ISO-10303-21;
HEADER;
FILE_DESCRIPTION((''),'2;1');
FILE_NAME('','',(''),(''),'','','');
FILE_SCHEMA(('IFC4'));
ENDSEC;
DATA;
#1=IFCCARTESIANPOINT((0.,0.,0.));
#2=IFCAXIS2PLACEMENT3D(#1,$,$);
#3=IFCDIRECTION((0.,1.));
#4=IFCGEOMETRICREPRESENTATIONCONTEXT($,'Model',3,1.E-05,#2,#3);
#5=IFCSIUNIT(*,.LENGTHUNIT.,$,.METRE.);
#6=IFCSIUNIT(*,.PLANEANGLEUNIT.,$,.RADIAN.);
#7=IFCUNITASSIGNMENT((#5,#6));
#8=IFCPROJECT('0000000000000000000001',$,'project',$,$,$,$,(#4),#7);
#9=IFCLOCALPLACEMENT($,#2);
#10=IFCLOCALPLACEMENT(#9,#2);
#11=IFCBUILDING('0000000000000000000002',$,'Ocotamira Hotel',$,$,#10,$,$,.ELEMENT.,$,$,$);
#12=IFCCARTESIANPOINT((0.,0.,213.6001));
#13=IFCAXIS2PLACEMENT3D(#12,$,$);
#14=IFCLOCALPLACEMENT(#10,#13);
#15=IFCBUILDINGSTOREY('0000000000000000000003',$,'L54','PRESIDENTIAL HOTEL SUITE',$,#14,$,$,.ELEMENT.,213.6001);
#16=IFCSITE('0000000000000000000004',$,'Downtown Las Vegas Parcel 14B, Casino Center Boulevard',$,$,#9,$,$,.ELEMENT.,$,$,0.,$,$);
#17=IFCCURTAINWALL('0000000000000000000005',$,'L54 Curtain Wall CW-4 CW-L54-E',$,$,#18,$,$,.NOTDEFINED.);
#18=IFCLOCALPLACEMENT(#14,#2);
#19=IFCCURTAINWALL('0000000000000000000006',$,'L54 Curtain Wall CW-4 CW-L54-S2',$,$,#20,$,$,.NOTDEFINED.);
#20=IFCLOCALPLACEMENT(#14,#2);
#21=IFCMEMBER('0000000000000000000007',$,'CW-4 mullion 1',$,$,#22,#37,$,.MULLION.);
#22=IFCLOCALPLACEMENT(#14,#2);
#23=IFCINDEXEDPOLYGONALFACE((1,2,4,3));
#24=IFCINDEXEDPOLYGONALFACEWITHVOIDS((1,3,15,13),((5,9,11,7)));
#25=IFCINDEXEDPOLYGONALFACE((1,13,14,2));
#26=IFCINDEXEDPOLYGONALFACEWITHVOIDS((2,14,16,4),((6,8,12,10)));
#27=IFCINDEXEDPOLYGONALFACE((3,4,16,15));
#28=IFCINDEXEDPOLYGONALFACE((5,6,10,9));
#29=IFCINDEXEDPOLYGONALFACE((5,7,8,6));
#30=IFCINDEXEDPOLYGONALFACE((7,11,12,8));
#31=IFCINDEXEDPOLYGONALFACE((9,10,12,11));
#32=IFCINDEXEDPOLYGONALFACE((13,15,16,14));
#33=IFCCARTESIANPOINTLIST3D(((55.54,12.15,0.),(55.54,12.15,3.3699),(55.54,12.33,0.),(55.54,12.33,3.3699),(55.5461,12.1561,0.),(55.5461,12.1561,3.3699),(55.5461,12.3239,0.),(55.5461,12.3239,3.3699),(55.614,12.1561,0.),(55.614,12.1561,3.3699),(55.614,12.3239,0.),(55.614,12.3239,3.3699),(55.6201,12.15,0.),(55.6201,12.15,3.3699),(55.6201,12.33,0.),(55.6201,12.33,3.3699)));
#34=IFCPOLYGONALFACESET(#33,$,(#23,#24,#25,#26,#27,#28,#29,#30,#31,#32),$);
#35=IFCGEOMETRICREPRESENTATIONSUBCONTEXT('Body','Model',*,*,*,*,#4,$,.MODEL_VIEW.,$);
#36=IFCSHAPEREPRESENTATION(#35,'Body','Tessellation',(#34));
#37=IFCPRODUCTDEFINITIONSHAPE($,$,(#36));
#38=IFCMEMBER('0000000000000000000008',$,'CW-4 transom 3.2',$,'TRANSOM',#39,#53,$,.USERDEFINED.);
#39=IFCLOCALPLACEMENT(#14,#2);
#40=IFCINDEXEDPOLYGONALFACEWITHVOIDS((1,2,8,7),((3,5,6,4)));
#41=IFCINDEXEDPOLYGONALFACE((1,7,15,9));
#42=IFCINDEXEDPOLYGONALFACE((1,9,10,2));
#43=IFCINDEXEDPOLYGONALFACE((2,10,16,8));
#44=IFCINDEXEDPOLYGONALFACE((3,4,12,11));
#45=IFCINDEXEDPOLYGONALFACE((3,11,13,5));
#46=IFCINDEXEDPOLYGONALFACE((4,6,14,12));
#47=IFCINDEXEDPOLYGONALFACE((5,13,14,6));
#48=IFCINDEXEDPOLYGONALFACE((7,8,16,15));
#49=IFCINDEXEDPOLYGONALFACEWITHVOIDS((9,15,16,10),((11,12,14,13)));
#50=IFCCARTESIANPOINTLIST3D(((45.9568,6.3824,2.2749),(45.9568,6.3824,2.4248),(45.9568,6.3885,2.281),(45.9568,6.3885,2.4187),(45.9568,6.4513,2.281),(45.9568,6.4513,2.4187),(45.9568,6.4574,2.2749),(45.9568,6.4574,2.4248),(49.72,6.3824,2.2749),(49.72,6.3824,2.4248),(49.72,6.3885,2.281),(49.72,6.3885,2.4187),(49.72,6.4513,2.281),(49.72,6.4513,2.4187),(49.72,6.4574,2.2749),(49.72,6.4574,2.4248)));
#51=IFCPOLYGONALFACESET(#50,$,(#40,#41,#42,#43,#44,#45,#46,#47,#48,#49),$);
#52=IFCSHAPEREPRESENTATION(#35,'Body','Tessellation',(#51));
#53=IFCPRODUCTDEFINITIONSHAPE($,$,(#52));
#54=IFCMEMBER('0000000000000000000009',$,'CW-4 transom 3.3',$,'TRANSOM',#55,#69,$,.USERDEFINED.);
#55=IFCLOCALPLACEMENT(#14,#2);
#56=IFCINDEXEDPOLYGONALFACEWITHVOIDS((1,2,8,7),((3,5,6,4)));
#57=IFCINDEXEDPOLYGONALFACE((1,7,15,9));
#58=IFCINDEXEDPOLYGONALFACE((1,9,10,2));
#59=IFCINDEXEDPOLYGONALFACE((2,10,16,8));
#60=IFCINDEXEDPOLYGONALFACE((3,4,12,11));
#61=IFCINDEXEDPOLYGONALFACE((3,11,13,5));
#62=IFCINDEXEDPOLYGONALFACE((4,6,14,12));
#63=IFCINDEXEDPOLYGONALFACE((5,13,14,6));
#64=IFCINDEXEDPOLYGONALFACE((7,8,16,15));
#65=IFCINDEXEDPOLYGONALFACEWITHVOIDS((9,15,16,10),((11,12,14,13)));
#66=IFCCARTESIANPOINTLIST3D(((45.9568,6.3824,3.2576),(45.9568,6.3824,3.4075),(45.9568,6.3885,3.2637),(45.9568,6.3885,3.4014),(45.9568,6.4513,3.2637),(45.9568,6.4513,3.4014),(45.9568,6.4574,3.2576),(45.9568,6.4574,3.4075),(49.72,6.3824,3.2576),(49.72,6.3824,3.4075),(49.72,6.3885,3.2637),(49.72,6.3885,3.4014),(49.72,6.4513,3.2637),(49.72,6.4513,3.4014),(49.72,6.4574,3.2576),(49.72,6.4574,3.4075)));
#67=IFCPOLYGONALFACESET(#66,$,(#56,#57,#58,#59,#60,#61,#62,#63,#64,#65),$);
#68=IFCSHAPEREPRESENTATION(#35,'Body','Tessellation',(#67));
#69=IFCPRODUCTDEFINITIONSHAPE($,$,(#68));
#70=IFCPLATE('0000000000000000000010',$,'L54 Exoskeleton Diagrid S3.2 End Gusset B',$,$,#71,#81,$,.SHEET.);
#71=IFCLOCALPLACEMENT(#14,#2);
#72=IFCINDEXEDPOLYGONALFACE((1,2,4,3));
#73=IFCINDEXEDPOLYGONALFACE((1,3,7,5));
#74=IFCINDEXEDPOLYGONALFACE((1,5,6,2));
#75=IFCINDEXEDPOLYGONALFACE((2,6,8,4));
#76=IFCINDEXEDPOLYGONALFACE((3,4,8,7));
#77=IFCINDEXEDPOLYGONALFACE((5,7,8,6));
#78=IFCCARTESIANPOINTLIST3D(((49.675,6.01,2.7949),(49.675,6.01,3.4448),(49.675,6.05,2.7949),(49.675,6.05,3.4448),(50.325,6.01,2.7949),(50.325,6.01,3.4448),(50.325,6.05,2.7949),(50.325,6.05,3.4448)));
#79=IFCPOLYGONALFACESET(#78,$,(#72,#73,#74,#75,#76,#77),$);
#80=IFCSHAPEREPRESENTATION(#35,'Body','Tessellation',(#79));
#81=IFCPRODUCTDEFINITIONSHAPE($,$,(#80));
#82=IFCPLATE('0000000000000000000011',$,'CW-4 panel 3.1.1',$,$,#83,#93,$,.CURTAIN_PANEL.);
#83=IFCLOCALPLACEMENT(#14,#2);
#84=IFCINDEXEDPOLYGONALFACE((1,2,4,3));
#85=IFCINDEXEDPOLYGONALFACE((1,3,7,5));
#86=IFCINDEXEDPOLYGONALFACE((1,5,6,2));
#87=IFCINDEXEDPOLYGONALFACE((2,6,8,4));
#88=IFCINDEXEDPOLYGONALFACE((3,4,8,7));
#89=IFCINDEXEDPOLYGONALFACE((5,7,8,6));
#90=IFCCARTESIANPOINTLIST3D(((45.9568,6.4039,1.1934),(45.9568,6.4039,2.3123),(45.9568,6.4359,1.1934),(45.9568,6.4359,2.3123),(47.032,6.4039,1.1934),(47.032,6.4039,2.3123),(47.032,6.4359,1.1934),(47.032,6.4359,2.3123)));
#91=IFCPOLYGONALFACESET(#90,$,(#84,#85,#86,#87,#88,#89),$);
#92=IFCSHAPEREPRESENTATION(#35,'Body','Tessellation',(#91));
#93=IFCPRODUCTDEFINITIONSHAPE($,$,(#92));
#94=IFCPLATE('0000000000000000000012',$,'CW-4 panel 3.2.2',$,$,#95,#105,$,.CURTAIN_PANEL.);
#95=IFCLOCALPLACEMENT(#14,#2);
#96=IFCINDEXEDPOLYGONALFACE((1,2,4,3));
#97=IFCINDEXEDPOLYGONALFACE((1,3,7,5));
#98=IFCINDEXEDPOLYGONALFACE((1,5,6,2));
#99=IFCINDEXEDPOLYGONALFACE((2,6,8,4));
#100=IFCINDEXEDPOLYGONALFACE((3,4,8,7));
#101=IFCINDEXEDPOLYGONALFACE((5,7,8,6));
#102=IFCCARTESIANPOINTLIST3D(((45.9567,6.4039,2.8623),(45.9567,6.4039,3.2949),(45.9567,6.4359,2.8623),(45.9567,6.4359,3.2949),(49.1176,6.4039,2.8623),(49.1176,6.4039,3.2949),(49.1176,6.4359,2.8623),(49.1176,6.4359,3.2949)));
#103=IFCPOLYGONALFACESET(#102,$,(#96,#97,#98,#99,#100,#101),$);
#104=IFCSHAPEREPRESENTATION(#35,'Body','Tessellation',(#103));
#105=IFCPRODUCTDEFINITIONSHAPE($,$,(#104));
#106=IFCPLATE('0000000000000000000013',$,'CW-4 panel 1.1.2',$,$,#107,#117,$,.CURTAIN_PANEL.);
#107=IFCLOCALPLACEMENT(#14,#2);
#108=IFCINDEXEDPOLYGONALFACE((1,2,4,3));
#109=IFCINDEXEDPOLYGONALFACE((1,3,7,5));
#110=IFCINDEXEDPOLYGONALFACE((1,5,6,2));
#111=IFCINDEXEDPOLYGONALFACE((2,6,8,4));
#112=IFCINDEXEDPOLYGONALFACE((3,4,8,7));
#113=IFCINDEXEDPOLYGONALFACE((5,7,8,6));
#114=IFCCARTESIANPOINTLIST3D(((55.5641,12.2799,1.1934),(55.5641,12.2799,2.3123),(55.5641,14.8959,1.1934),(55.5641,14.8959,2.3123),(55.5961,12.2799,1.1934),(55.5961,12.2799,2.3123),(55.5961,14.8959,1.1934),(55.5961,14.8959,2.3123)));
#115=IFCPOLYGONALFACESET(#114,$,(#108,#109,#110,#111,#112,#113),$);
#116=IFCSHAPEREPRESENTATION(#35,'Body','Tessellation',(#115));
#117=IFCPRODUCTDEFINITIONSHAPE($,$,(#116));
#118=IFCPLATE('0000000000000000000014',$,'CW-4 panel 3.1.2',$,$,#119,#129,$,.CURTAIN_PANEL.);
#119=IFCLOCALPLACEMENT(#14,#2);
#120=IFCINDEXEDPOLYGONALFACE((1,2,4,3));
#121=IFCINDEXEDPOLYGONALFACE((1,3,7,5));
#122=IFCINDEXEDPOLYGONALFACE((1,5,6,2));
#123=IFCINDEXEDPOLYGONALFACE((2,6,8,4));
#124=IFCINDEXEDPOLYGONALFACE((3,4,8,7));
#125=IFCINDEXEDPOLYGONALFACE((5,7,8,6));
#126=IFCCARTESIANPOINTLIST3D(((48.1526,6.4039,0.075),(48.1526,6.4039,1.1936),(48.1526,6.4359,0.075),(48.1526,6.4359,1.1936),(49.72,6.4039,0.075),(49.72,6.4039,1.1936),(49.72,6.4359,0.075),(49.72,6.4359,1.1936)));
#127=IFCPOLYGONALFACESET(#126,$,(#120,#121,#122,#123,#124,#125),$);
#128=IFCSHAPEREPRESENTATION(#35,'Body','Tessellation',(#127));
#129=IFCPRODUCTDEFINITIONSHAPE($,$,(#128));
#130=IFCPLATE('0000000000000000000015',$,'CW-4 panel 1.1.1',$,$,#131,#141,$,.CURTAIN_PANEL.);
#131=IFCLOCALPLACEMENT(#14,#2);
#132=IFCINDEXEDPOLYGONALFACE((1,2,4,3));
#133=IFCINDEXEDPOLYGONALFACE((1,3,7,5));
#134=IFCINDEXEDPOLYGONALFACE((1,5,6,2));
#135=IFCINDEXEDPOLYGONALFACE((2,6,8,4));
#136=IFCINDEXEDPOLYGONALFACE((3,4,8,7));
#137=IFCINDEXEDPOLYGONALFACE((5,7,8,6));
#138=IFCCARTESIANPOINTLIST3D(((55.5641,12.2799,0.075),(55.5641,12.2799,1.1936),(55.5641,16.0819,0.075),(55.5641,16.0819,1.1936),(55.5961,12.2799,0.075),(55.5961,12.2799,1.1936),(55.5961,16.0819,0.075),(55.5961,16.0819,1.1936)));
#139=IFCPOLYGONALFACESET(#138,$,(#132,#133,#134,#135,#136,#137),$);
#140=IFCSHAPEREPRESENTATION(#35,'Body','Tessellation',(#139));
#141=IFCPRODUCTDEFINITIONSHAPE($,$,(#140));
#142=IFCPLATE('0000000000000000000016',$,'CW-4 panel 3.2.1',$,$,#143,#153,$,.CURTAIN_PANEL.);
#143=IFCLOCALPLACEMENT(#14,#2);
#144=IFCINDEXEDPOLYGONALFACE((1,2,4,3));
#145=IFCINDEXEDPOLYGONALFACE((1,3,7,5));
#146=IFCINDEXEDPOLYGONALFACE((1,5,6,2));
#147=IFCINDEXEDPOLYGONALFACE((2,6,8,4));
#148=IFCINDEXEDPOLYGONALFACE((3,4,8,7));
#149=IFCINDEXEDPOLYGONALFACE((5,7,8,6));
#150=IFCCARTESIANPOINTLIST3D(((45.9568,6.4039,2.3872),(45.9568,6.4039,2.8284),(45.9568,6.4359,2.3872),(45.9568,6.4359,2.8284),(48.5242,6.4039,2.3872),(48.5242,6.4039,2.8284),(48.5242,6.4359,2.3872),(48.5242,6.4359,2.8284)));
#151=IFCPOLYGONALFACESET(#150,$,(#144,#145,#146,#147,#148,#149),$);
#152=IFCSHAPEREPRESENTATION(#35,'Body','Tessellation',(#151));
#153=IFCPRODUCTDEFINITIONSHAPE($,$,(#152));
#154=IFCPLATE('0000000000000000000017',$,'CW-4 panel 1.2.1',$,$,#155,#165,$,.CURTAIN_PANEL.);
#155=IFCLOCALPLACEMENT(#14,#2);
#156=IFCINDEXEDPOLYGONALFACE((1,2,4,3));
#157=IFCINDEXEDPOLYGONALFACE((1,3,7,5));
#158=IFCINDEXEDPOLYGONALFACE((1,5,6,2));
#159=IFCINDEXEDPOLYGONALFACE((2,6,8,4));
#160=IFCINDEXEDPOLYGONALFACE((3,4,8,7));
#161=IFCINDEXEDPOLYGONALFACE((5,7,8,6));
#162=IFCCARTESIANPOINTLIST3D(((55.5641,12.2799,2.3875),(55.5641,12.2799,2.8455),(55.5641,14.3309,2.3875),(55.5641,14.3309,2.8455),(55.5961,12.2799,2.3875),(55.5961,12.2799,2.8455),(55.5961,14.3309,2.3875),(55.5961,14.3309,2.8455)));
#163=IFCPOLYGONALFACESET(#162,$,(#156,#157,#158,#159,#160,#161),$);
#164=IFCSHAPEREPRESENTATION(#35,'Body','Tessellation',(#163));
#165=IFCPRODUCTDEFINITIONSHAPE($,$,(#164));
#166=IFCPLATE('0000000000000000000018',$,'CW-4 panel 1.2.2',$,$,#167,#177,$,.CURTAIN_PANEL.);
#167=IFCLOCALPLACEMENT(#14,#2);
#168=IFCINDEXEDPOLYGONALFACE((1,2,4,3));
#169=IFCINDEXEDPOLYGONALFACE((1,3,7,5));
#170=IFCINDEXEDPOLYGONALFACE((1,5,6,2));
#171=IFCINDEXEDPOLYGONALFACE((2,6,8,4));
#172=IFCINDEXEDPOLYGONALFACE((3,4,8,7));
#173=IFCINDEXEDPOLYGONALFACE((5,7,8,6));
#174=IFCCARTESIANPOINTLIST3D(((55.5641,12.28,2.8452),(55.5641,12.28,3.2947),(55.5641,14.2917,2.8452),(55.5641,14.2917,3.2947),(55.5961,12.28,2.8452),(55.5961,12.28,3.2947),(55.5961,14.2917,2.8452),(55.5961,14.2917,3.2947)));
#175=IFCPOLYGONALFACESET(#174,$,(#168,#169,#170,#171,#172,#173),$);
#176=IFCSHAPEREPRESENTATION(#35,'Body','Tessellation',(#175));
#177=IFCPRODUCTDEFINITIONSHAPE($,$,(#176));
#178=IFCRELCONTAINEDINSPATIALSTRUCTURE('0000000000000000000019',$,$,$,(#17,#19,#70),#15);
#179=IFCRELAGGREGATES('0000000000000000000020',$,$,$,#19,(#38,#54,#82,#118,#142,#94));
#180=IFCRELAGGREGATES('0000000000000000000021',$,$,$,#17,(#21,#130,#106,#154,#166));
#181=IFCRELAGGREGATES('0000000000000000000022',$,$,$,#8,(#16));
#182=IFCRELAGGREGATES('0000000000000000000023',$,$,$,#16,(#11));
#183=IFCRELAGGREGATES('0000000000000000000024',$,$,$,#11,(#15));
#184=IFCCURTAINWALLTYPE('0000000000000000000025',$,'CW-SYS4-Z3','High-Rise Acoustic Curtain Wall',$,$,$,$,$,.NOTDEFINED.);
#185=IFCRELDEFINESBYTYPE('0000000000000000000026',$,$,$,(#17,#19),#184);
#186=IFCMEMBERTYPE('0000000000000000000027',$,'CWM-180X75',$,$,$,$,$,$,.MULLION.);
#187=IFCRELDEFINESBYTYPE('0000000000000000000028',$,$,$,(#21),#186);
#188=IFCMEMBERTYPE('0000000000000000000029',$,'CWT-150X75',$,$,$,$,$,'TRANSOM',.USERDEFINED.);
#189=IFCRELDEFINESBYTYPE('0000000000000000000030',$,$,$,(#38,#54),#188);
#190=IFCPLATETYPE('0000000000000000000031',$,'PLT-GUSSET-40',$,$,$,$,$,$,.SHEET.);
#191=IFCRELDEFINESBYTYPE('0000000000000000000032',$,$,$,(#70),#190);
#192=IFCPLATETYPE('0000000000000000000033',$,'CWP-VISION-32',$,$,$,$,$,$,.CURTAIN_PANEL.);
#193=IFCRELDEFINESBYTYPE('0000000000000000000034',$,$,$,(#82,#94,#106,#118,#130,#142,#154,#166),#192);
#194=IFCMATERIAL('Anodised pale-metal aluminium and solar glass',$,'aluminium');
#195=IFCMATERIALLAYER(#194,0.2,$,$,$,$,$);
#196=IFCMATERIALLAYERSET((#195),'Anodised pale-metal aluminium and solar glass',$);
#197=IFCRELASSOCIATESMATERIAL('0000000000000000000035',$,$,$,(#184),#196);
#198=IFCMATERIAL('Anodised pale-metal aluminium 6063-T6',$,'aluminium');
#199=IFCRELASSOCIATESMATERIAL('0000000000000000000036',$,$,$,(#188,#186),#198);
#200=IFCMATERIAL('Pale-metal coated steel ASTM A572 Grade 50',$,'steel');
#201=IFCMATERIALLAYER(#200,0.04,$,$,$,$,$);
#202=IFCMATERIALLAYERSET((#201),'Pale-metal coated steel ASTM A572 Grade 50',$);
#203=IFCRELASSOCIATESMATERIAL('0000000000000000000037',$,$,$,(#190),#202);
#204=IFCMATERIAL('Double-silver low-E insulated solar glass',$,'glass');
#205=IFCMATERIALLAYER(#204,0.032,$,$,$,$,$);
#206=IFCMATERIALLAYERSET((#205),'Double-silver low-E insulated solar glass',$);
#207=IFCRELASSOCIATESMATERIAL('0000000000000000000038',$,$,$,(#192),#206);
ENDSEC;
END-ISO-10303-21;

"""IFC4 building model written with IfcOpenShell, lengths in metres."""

from ifc_helpers import new_model, si_unit, direction, frame, origin, origin_2d, place, context, subcontext, project, spatial, rectangle, hollow_rectangle, extrude, source, transform, mapped, material, layer, layer_set, material_profile, profile_set, type_object, element, aggregate, save


model = new_model("IFC4")

# Units and contexts
model_context = context("Model", 3, precision=1e-05, world=origin(), true_north=direction((0.0, 1.0)))
body_context = subcontext(model_context, "Body", "Model", "MODEL_VIEW")
ifc_project = project(units=[si_unit("LENGTHUNIT", "METRE"), si_unit("PLANEANGLEUNIT", "RADIAN")], contexts=[model_context])

# Site, building, storey
site_placement = place(None, origin())
site = spatial("IfcSite", under=ifc_project, at=site_placement, Name="Downtown Las Vegas Parcel 14B, Casino Center Boulevard", CompositionType="ELEMENT", RefElevation=0.0)
building_placement = place(site_placement, origin())
building = spatial("IfcBuilding", under=site, at=building_placement, Name="Ocotamira Hotel", CompositionType="ELEMENT")
storey_placement = place(building_placement, frame((0.0, 0.0, 213.6001)))
storey = spatial("IfcBuildingStorey", under=building, at=storey_placement, Name="L54", Description="PRESIDENTIAL HOTEL SUITE", CompositionType="ELEMENT", Elevation=213.6001)

# Curtain wall
ifc_material_1 = material(Name="Anodised pale-metal aluminium and solar glass", Category="aluminium")
ifc_layer_1 = layer(ifc_material_1, 0.2)
ifc_layer_set_1 = layer_set([ifc_layer_1], Name="Anodised pale-metal aluminium and solar glass")
curtain_wall_type = type_object("IfcCurtainWallType", Name="CW-SYS4-Z3", Description="High-Rise Acoustic Curtain Wall", PredefinedType="NOTDEFINED", material=ifc_layer_set_1)
curtain_wall_1_placement = place(storey_placement, origin())
curtain_wall_1 = element("IfcCurtainWall", 1, at=curtain_wall_1_placement, inside=storey, type_object=curtain_wall_type, Name="L54 Curtain Wall CW-4 CW-L54-E", PredefinedType="NOTDEFINED")
ifc_material_2 = material(Name="Anodised pale-metal aluminium 6063-T6", Category="aluminium")
ifc_material_profile_1 = material_profile(ifc_material_2, hollow_rectangle(XDim=0.075, YDim=0.1499, WallThickness=0.0061, at=origin_2d()), Name="HSS150X75X6")
ifc_profile_set_1 = profile_set([ifc_material_profile_1], Name="Anodised pale-metal aluminium 6063-T6")
member_type_1 = type_object("IfcMemberType", Name="CWT-150X75", ElementType="TRANSOM", PredefinedType="USERDEFINED", material=ifc_profile_set_1)

# Curtain wall
curtain_wall_2_placement = place(storey_placement, origin())
curtain_wall_2 = element("IfcCurtainWall", 2, at=curtain_wall_2_placement, inside=storey, type_object=curtain_wall_type, Name="L54 Curtain Wall CW-4 CW-L54-S2", PredefinedType="NOTDEFINED")
ifc_material_profile_2 = material_profile(ifc_material_2, hollow_rectangle(XDim=0.0801, YDim=0.1799, WallThickness=0.0061, at=origin_2d()), Name="HSS180X80X6")
ifc_profile_set_2 = profile_set([ifc_material_profile_2], Name="Anodised pale-metal aluminium 6063-T6")
member_type_2 = type_object("IfcMemberType", Name="CWM-180X75", PredefinedType="MULLION", material=ifc_profile_set_2)
shared_shape_1 = source(origin(), body_context, "Body", "SweptSolid", [
    extrude(hollow_rectangle(XDim=0.0801, YDim=0.1799, WallThickness=0.0061, at=origin_2d()), origin(), (0.0, 0.0, 1.0), 3.3699),
])

# Members
member_1_placement = place(storey_placement, frame((55.5801, 12.24, 0.0), z_axis=(0.0, 0.0, 1.0), x_axis=(-1.0, 0.0, 0.0)))
member_1 = element("IfcMember", 3, at=member_1_placement, type_object=member_type_2, Name="CW-4 mullion 1", PredefinedType="MULLION", context=body_context, shape_type="MappedRepresentation", body=[
    mapped(shared_shape_1, transform((0.0, 0.0, 0.0), scale=1.0)),
])
shared_shape_2 = source(origin(), body_context, "Body", "SweptSolid", [
    extrude(hollow_rectangle(XDim=0.075, YDim=0.1499, WallThickness=0.0061, at=origin_2d()), origin(), (0.0, 0.0, 1.0), 3.7632),
])
member_2_placement = place(storey_placement, frame((45.9568, 6.4199, 2.3499), z_axis=(1.0, 0.0, 0.0), x_axis=(0.0, 1.0, 0.0)))
member_2 = element("IfcMember", 4, at=member_2_placement, type_object=member_type_1, Name="CW-4 transom 3.2", ObjectType="TRANSOM", PredefinedType="USERDEFINED", context=body_context, shape_type="MappedRepresentation", body=[
    mapped(shared_shape_2, transform((0.0, 0.0, 0.0), scale=1.0)),
])
member_3_placement = place(storey_placement, frame((45.9568, 6.4199, 3.3325), z_axis=(1.0, 0.0, 0.0), x_axis=(0.0, 1.0, 0.0)))
member_3 = element("IfcMember", 5, at=member_3_placement, type_object=member_type_1, Name="CW-4 transom 3.3", ObjectType="TRANSOM", PredefinedType="USERDEFINED", context=body_context, shape_type="MappedRepresentation", body=[
    mapped(shared_shape_2, transform((0.0, 0.0, 0.0), scale=1.0)),
])

# Plates
ifc_material_3 = material(Name="Pale-metal coated steel ASTM A572 Grade 50", Category="steel")
ifc_layer_2 = layer(ifc_material_3, 0.04)
ifc_layer_set_2 = layer_set([ifc_layer_2], Name="Pale-metal coated steel ASTM A572 Grade 50")
plate_type_1 = type_object("IfcPlateType", Name="PLT-GUSSET-40", PredefinedType="SHEET", material=ifc_layer_set_2)
shared_shape_3 = source(origin(), body_context, "Body", "SweptSolid", [
    extrude(rectangle(XDim=0.6499, YDim=0.04, at=origin_2d()), origin(), (0.0, 0.0, 1.0), 0.6499),
])
plate_1_placement = place(storey_placement, frame((50.0, 6.03, 2.7949), z_axis=(0.0, 0.0, 1.0), x_axis=(1.0, 0.0, 0.0)))
element("IfcPlate", 6, at=plate_1_placement, inside=storey, type_object=plate_type_1, Name="L54 Exoskeleton Diagrid S3.2 End Gusset B", PredefinedType="SHEET", context=body_context, shape_type="MappedRepresentation", body=[
    mapped(shared_shape_3, transform((0.0, 0.0, 0.0), scale=1.0)),
])
ifc_material_4 = material(Name="Double-silver low-E insulated solar glass", Category="glass")
ifc_layer_3 = layer(ifc_material_4, 0.032)
ifc_layer_set_3 = layer_set([ifc_layer_3], Name="Double-silver low-E insulated solar glass")
plate_type_2 = type_object("IfcPlateType", Name="CWP-VISION-32", PredefinedType="CURTAIN_PANEL", material=ifc_layer_set_3)
shared_shape_4 = source(origin(), body_context, "Body", "SweptSolid", [
    extrude(rectangle(XDim=1.0752, YDim=0.032, at=origin_2d()), origin(), (0.0, 0.0, 1.0), 1.1189),
])
plate_2_placement = place(storey_placement, frame((46.4944, 6.4199, 1.1934), z_axis=(0.0, 0.0, 1.0), x_axis=(1.0, 0.0, 0.0)))
plate_2 = element("IfcPlate", 7, at=plate_2_placement, type_object=plate_type_2, Name="CW-4 panel 3.1.1", PredefinedType="CURTAIN_PANEL", context=body_context, shape_type="MappedRepresentation", body=[
    mapped(shared_shape_4, transform((0.0, 0.0, 0.0), scale=1.0)),
])
shared_shape_5 = source(origin(), body_context, "Body", "SweptSolid", [
    extrude(rectangle(XDim=3.1609, YDim=0.032, at=origin_2d()), origin(), (0.0, 0.0, 1.0), 0.4326),
])
plate_3_placement = place(storey_placement, frame((47.5371, 6.4199, 2.8623), z_axis=(0.0, 0.0, 1.0), x_axis=(1.0, 0.0, 0.0)))
plate_3 = element("IfcPlate", 8, at=plate_3_placement, type_object=plate_type_2, Name="CW-4 panel 3.2.2", PredefinedType="CURTAIN_PANEL", context=body_context, shape_type="MappedRepresentation", body=[
    mapped(shared_shape_5, transform((0.0, 0.0, 0.0), scale=1.0)),
])
shared_shape_6 = source(origin(), body_context, "Body", "SweptSolid", [
    extrude(rectangle(XDim=2.616, YDim=0.032, at=origin_2d()), origin(), (0.0, 0.0, 1.0), 1.1189),
])
plate_4_placement = place(storey_placement, frame((55.5801, 13.5879, 1.1934), z_axis=(0.0, 0.0, 1.0), x_axis=(0.0, 1.0, 0.0)))
plate_4 = element("IfcPlate", 9, at=plate_4_placement, type_object=plate_type_2, Name="CW-4 panel 1.1.2", PredefinedType="CURTAIN_PANEL", context=body_context, shape_type="MappedRepresentation", body=[
    mapped(shared_shape_6, transform((0.0, 0.0, 0.0), scale=1.0)),
])
shared_shape_7 = source(origin(), body_context, "Body", "SweptSolid", [
    extrude(rectangle(XDim=1.5674, YDim=0.032, at=origin_2d()), origin(), (0.0, 0.0, 1.0), 1.1187),
])
plate_5_placement = place(storey_placement, frame((48.9363, 6.4199, 0.075), z_axis=(0.0, 0.0, 1.0), x_axis=(1.0, 0.0, 0.0)))
plate_5 = element("IfcPlate", 10, at=plate_5_placement, type_object=plate_type_2, Name="CW-4 panel 3.1.2", PredefinedType="CURTAIN_PANEL", context=body_context, shape_type="MappedRepresentation", body=[
    mapped(shared_shape_7, transform((0.0, 0.0, 0.0), scale=1.0)),
])
shared_shape_8 = source(origin(), body_context, "Body", "SweptSolid", [
    extrude(rectangle(XDim=3.802, YDim=0.032, at=origin_2d()), origin(), (0.0, 0.0, 1.0), 1.1187),
])
plate_6_placement = place(storey_placement, frame((55.5801, 14.1809, 0.075), z_axis=(0.0, 0.0, 1.0), x_axis=(0.0, 1.0, 0.0)))
plate_6 = element("IfcPlate", 11, at=plate_6_placement, type_object=plate_type_2, Name="CW-4 panel 1.1.1", PredefinedType="CURTAIN_PANEL", context=body_context, shape_type="MappedRepresentation", body=[
    mapped(shared_shape_8, transform((0.0, 0.0, 0.0), scale=1.0)),
])
shared_shape_9 = source(origin(), body_context, "Body", "SweptSolid", [
    extrude(rectangle(XDim=2.5674, YDim=0.032, at=origin_2d()), origin(), (0.0, 0.0, 1.0), 0.4412),
])
plate_7_placement = place(storey_placement, frame((47.2405, 6.4199, 2.3872), z_axis=(0.0, 0.0, 1.0), x_axis=(1.0, 0.0, 0.0)))
plate_7 = element("IfcPlate", 12, at=plate_7_placement, type_object=plate_type_2, Name="CW-4 panel 3.2.1", PredefinedType="CURTAIN_PANEL", context=body_context, shape_type="MappedRepresentation", body=[
    mapped(shared_shape_9, transform((0.0, 0.0, 0.0), scale=1.0)),
])
aggregate(curtain_wall_2, [member_2, member_3, plate_2, plate_5, plate_7, plate_3])
shared_shape_10 = source(origin(), body_context, "Body", "SweptSolid", [
    extrude(rectangle(XDim=2.051, YDim=0.032, at=origin_2d()), origin(), (0.0, 0.0, 1.0), 0.458),
])
plate_8_placement = place(storey_placement, frame((55.5801, 13.3054, 2.3875), z_axis=(0.0, 0.0, 1.0), x_axis=(0.0, 1.0, 0.0)))
plate_8 = element("IfcPlate", 13, at=plate_8_placement, type_object=plate_type_2, Name="CW-4 panel 1.2.1", PredefinedType="CURTAIN_PANEL", context=body_context, shape_type="MappedRepresentation", body=[
    mapped(shared_shape_10, transform((0.0, 0.0, 0.0), scale=1.0)),
])
shared_shape_11 = source(origin(), body_context, "Body", "SweptSolid", [
    extrude(rectangle(XDim=2.0117, YDim=0.032, at=origin_2d()), origin(), (0.0, 0.0, 1.0), 0.4495),
])
plate_9_placement = place(storey_placement, frame((55.5801, 13.2859, 2.8452), z_axis=(0.0, 0.0, 1.0), x_axis=(0.0, 1.0, 0.0)))
plate_9 = element("IfcPlate", 14, at=plate_9_placement, type_object=plate_type_2, Name="CW-4 panel 1.2.2", PredefinedType="CURTAIN_PANEL", context=body_context, shape_type="MappedRepresentation", body=[
    mapped(shared_shape_11, transform((0.0, 0.0, 0.0), scale=1.0)),
])
aggregate(curtain_wall_1, [member_1, plate_6, plate_4, plate_8, plate_9])

save(model, "model.ifc")
